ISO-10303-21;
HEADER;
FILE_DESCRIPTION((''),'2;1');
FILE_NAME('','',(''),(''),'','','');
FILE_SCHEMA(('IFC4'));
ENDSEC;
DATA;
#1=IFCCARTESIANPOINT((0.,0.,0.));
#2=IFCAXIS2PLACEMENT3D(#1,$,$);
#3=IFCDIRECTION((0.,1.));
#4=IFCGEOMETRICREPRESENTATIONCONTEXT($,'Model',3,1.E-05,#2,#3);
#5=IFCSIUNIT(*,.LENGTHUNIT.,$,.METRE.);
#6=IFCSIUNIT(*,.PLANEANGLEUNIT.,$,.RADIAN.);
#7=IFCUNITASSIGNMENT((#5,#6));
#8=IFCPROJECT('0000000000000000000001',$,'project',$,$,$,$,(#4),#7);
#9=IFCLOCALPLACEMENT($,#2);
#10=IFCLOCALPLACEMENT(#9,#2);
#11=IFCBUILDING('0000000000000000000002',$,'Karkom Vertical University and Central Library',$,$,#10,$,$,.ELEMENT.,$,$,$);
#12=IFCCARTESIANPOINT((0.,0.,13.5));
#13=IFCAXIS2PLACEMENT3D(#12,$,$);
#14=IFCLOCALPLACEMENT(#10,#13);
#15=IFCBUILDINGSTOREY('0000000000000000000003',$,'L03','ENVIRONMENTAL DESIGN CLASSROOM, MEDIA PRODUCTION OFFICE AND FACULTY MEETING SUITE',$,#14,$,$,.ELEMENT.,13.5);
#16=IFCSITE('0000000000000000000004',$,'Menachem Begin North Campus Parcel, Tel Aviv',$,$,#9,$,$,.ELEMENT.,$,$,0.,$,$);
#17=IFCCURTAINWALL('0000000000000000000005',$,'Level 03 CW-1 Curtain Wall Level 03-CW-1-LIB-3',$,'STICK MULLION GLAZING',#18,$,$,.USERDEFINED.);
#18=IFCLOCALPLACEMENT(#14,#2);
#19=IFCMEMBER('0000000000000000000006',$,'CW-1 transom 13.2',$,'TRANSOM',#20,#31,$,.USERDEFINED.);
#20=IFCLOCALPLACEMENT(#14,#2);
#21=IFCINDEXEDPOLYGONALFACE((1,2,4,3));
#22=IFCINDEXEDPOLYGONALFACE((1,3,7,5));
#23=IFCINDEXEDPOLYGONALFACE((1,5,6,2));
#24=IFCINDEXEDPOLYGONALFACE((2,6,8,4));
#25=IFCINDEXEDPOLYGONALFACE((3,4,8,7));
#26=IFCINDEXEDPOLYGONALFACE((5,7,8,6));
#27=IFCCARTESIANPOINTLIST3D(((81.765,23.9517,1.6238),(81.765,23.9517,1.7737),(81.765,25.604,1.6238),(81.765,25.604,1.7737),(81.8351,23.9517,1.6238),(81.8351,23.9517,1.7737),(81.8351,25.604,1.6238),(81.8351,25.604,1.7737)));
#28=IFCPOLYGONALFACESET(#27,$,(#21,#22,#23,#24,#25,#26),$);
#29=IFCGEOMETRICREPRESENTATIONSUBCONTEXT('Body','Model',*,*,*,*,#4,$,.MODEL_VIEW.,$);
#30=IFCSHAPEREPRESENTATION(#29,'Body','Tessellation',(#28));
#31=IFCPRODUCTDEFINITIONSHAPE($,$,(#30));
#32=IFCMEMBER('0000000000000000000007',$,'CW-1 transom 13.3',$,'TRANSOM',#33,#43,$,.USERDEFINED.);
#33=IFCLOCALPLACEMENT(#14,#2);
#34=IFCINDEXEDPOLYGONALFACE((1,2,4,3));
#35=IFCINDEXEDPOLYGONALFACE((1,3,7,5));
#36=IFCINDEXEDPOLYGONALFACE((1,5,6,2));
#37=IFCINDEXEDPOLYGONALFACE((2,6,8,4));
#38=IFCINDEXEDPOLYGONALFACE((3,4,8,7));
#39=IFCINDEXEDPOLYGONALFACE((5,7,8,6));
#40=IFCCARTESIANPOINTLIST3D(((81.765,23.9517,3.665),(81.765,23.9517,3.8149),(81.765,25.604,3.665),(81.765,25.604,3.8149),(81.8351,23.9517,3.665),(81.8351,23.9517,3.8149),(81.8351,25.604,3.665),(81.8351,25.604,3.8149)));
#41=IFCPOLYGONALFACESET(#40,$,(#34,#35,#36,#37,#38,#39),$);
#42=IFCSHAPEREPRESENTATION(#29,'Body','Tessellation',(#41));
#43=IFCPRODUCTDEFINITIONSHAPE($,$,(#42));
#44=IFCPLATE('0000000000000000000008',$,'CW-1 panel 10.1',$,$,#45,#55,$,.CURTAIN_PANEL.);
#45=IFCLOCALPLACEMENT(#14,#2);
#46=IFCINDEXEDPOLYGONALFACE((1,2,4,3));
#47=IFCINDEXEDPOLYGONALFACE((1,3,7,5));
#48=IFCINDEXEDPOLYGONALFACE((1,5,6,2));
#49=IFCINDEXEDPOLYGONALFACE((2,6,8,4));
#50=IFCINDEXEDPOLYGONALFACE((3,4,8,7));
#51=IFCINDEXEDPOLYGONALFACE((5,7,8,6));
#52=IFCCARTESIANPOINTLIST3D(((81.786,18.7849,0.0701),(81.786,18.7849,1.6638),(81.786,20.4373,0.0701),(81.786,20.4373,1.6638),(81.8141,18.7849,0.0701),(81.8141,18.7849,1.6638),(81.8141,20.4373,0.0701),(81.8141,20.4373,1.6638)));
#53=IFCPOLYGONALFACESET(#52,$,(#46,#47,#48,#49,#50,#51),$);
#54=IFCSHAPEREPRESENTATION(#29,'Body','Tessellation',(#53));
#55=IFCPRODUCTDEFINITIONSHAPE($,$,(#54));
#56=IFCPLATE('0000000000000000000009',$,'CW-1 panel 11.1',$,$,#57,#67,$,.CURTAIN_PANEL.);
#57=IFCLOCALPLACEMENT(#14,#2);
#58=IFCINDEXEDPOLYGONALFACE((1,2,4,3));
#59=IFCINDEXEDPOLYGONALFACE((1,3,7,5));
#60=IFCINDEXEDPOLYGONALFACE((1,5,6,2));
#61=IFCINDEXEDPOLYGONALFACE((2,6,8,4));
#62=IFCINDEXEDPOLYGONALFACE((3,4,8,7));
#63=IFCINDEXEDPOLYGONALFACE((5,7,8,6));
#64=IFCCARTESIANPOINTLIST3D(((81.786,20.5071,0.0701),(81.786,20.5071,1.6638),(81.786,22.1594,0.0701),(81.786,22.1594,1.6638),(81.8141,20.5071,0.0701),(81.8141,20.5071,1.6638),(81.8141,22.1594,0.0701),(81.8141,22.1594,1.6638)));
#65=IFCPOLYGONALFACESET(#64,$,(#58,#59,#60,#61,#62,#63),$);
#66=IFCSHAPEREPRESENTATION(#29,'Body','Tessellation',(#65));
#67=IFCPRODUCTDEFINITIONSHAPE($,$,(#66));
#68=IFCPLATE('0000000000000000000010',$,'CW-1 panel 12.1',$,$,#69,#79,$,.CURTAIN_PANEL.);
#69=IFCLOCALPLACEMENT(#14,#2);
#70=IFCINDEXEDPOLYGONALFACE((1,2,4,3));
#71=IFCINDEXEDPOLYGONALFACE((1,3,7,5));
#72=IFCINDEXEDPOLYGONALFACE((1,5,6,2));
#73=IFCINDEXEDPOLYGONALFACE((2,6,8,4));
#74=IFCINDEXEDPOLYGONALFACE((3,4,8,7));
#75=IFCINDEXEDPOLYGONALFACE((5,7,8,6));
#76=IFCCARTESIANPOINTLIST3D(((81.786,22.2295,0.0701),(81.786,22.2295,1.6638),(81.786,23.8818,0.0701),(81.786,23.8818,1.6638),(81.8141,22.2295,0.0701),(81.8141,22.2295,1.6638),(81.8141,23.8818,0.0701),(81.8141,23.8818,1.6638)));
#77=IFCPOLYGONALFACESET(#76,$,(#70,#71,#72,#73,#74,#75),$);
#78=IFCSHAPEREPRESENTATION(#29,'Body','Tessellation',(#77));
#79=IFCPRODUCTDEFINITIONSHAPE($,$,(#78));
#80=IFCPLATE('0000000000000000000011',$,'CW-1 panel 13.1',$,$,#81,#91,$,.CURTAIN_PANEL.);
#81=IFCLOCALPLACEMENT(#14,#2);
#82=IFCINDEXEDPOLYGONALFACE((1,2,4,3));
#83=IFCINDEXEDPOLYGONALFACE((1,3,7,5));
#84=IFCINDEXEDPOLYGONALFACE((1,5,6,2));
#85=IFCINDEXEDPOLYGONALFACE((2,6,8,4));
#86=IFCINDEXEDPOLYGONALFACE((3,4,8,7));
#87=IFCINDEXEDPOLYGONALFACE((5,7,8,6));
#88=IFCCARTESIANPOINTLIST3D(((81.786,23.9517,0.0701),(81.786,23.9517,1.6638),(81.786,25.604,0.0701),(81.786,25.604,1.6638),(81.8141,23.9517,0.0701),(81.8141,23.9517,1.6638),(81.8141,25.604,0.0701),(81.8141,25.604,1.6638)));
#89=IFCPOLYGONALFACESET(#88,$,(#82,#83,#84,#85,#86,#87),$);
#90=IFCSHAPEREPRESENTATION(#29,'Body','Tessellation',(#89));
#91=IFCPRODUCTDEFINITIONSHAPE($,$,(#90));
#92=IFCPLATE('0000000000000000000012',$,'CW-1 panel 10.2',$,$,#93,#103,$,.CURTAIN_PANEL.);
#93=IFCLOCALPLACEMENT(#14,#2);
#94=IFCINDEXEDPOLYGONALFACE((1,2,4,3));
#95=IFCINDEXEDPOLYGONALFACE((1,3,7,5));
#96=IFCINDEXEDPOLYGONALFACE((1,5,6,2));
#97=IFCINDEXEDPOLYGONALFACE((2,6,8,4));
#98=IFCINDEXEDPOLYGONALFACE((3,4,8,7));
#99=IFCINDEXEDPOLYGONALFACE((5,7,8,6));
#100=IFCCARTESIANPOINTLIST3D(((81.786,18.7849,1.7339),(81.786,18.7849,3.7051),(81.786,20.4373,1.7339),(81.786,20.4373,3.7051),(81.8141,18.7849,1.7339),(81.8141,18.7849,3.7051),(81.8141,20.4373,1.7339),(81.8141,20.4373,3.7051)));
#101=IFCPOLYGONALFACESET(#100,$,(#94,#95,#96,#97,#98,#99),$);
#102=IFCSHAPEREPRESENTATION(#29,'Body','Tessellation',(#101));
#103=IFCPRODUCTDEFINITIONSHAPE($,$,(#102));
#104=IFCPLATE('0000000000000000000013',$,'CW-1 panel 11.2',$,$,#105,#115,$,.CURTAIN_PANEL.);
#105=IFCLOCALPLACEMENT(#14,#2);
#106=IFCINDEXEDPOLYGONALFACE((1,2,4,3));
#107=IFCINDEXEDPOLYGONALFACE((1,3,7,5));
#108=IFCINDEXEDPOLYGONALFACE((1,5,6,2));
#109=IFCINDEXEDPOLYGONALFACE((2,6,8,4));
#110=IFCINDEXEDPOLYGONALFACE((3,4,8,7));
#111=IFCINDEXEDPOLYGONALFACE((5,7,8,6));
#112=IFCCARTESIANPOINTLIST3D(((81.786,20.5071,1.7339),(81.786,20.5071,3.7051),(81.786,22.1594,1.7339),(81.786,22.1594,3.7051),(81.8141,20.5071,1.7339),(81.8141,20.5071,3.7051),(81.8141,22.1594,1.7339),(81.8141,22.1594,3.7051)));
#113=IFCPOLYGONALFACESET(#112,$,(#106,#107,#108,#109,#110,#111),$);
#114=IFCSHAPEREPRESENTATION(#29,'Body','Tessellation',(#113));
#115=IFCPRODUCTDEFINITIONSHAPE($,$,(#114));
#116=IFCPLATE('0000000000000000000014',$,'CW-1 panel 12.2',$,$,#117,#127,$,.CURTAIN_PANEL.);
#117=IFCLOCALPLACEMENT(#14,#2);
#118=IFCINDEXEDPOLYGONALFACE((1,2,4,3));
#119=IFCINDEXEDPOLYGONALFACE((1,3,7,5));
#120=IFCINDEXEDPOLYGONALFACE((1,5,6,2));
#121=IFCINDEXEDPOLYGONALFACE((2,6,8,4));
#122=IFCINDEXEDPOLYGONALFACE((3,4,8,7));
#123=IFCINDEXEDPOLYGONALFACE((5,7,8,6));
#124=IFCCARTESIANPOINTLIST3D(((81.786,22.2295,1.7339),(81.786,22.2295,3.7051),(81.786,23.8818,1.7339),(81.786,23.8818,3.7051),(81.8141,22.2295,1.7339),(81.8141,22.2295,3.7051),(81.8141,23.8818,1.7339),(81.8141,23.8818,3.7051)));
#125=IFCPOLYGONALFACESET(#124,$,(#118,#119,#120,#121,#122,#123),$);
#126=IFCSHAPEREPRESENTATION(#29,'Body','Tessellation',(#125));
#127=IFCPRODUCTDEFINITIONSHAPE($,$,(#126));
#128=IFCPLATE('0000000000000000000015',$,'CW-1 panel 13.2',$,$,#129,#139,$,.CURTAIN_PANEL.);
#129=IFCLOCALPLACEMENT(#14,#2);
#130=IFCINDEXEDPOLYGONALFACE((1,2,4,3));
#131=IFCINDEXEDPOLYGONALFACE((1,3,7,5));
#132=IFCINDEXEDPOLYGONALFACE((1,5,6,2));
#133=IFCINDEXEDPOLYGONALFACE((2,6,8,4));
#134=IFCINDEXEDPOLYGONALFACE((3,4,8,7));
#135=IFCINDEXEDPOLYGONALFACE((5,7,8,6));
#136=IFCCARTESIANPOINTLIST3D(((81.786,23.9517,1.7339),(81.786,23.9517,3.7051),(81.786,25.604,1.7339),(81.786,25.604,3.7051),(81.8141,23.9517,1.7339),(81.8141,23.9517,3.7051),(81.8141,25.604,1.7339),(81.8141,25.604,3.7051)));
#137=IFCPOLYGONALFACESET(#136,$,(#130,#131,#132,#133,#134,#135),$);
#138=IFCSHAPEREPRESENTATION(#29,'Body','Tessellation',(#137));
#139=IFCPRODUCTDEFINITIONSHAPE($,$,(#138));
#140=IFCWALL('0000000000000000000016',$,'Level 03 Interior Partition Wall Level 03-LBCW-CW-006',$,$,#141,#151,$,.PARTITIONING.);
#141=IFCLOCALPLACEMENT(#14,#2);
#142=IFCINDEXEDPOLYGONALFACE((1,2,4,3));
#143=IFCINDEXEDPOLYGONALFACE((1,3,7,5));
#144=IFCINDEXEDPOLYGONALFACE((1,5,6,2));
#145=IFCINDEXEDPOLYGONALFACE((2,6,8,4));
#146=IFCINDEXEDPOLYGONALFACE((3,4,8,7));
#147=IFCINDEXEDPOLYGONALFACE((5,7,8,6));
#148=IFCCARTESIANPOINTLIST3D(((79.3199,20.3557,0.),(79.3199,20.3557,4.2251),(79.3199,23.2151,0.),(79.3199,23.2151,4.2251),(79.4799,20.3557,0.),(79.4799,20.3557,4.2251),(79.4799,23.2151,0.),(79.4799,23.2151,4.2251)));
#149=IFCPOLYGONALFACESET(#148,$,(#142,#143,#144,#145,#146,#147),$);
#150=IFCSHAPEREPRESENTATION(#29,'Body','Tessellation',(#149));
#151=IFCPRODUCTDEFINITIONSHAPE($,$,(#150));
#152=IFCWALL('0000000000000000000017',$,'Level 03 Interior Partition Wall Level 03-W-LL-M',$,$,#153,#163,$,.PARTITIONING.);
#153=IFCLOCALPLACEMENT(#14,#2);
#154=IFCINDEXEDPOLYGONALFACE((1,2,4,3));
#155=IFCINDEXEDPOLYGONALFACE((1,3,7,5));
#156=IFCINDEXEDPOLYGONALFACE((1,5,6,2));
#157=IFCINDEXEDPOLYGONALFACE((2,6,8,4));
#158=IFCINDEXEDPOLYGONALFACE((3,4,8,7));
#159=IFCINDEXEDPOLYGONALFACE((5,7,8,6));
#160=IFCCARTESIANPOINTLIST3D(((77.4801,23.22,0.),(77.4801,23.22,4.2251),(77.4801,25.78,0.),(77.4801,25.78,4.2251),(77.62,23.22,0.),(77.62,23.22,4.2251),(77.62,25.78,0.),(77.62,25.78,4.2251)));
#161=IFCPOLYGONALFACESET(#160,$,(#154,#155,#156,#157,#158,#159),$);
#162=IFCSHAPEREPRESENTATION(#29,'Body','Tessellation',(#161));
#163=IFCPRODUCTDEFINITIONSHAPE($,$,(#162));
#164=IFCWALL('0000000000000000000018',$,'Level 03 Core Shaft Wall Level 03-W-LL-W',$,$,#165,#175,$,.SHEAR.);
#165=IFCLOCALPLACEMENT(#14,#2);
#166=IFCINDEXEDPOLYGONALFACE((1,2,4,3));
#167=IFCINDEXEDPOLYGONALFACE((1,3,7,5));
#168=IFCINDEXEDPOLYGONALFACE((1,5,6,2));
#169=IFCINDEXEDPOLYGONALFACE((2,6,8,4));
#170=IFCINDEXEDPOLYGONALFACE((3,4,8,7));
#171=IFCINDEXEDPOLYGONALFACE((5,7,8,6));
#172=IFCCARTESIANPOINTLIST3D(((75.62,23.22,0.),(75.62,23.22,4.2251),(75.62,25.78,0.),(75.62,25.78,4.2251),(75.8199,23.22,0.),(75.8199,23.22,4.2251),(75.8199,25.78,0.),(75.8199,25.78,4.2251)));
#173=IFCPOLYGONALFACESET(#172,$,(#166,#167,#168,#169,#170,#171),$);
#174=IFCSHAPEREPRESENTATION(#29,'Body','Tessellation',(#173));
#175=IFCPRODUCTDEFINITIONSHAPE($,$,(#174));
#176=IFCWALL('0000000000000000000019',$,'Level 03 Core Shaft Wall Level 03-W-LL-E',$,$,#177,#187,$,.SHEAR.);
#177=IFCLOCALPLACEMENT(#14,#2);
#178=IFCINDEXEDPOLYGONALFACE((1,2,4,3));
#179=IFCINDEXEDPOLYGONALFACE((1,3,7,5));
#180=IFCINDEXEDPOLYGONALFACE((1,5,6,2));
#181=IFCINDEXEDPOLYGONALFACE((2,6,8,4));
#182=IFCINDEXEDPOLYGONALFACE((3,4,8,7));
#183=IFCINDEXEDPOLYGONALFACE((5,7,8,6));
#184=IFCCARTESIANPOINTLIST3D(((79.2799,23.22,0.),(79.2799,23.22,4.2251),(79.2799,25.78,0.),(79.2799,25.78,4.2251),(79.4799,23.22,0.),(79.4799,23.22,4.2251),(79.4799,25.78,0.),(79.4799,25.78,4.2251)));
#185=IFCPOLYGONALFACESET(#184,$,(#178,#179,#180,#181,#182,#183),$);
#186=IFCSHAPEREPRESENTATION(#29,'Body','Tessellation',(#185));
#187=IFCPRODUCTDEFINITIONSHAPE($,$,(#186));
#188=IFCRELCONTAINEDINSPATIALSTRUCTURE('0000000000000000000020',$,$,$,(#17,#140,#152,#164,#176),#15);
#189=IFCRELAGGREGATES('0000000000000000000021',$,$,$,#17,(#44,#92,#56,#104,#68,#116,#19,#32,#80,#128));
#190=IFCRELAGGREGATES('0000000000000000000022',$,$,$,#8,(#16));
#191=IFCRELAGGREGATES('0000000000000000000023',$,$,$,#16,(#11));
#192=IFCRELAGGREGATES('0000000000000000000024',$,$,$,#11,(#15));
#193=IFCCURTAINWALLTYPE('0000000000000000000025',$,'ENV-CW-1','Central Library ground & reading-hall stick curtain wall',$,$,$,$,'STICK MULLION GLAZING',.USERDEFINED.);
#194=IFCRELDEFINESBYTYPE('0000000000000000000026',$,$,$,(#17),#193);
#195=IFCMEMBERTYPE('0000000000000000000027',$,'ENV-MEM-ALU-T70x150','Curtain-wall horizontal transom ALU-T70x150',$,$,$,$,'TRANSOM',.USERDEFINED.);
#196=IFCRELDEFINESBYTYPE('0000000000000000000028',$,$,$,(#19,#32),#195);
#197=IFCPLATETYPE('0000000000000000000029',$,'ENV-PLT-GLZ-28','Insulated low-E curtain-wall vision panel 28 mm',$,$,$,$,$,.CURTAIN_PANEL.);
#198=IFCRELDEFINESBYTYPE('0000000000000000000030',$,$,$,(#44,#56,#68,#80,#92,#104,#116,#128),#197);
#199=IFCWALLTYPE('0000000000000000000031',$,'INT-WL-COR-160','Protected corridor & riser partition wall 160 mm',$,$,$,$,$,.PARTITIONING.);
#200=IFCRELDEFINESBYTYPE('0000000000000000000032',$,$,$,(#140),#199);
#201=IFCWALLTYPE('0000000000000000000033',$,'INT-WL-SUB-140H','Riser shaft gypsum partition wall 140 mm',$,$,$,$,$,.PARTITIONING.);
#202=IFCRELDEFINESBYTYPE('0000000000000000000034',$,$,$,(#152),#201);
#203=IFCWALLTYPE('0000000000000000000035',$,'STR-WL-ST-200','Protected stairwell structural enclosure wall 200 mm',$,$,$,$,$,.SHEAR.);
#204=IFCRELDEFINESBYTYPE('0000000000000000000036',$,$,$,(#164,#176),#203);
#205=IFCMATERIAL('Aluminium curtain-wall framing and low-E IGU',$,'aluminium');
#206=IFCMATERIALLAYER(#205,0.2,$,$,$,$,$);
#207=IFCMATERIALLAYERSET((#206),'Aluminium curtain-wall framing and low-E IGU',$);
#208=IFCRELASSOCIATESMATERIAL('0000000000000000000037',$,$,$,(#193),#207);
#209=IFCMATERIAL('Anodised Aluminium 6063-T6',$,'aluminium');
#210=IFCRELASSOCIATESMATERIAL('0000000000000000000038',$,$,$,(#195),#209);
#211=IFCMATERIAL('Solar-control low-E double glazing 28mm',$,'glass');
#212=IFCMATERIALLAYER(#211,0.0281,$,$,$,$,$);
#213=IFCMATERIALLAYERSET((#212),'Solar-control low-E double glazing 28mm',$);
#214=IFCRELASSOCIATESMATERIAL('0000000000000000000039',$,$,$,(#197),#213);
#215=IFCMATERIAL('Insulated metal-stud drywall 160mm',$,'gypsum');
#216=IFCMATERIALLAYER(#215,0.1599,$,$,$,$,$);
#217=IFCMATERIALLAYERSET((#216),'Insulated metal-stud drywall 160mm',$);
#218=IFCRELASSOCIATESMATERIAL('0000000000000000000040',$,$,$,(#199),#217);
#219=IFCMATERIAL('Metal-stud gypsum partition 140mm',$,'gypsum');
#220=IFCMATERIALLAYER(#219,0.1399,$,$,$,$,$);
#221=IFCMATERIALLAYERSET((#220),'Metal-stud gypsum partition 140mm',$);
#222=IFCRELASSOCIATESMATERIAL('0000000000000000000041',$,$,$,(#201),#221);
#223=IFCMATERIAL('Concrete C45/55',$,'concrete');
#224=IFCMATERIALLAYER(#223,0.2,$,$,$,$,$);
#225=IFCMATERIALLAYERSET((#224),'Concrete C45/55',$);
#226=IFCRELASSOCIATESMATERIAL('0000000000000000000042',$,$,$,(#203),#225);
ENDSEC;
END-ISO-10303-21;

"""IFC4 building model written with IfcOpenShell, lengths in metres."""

from ifc_helpers import new_model, si_unit, direction, frame, frame_2d, origin, origin_with_axes, origin_2d, place, context, subcontext, project, spatial, rectangle, extrude, source, transform, mapped, material, layer, layer_set, material_profile, profile_set, type_object, element, aggregate, save


model = new_model("IFC4")

# Units and contexts
model_context = context("Model", 3, precision=1e-05, world=origin(), true_north=direction((0.0, 1.0)))
body_context = subcontext(model_context, "Body", "Model", "MODEL_VIEW")
ifc_project = project(units=[si_unit("LENGTHUNIT", "METRE"), si_unit("PLANEANGLEUNIT", "RADIAN")], contexts=[model_context])

# Site, building, storey
site_placement = place(None, origin())
site = spatial("IfcSite", under=ifc_project, at=site_placement, Name="Menachem Begin North Campus Parcel, Tel Aviv", CompositionType="ELEMENT", RefElevation=0.0)
building_placement = place(site_placement, origin())
building = spatial("IfcBuilding", under=site, at=building_placement, Name="Karkom Vertical University and Central Library", CompositionType="ELEMENT")
storey_placement = place(building_placement, frame((0.0, 0.0, 13.5)))
storey = spatial("IfcBuildingStorey", under=building, at=storey_placement, Name="L03", Description="ENVIRONMENTAL DESIGN CLASSROOM, MEDIA PRODUCTION OFFICE AND FACULTY MEETING SUITE", CompositionType="ELEMENT", Elevation=13.5)

# Curtain wall, members, plates
ifc_material_1 = material(Name="Aluminium curtain-wall framing and low-E IGU", Category="aluminium")
ifc_layer_1 = layer(ifc_material_1, 0.2)
ifc_layer_set_1 = layer_set([ifc_layer_1], Name="Aluminium curtain-wall framing and low-E IGU")
curtain_wall_type = type_object("IfcCurtainWallType", Name="ENV-CW-1", Description="Central Library ground & reading-hall stick curtain wall", ElementType="STICK MULLION GLAZING", PredefinedType="USERDEFINED", material=ifc_layer_set_1)
curtain_wall_placement = place(storey_placement, origin())
curtain_wall = element("IfcCurtainWall", 1, at=curtain_wall_placement, inside=storey, type_object=curtain_wall_type, Name="Level 03 CW-1 Curtain Wall Level 03-CW-1-LIB-3", ObjectType="STICK MULLION GLAZING", PredefinedType="USERDEFINED")
ifc_material_2 = material(Name="Anodised Aluminium 6063-T6", Category="aluminium")
ifc_material_profile_1 = material_profile(ifc_material_2, rectangle(XDim=0.0701, YDim=0.1499, at=origin_2d()), Name="ALU-T70x150")
ifc_profile_set_1 = profile_set([ifc_material_profile_1], Name="Anodised Aluminium 6063-T6")
member_type_1 = type_object("IfcMemberType", Name="ENV-MEM-ALU-T70x150", Description="Curtain-wall horizontal transom ALU-T70x150", ElementType="TRANSOM", PredefinedType="USERDEFINED", material=ifc_profile_set_1)
shared_shape_1 = source(origin_with_axes(), body_context, "Body", "SweptSolid", [
    extrude(rectangle(XDim=0.0701, YDim=0.1499, at=origin_2d()), origin(), (0.0, 0.0, 1.0), 1.6523),
])
member_1_placement = place(storey_placement, frame((81.8, 23.9517, 1.6987), z_axis=(0.0, 1.0, 0.0), x_axis=(-1.0, 0.0, 0.0)))
member_1 = element("IfcMember", 2, at=member_1_placement, type_object=member_type_1, Name="CW-1 transom 13.2", ObjectType="TRANSOM", PredefinedType="USERDEFINED", context=body_context, shape_type="MappedRepresentation", body=[
    mapped(shared_shape_1, transform((0.0, 0.0, 0.0), scale=1.0)),
])
member_2_placement = place(storey_placement, frame((81.8, 23.9517, 3.74), z_axis=(0.0, 1.0, 0.0), x_axis=(-1.0, 0.0, 0.0)))
member_2 = element("IfcMember", 3, at=member_2_placement, type_object=member_type_1, Name="CW-1 transom 13.3", ObjectType="TRANSOM", PredefinedType="USERDEFINED", context=body_context, shape_type="MappedRepresentation", body=[
    mapped(shared_shape_1, transform((0.0, 0.0, 0.0), scale=1.0)),
])
ifc_material_3 = material(Name="Solar-control low-E double glazing 28mm", Category="glass")
ifc_layer_2 = layer(ifc_material_3, 0.0281)
ifc_layer_set_2 = layer_set([ifc_layer_2], Name="Solar-control low-E double glazing 28mm")
plate_type = type_object("IfcPlateType", Name="ENV-PLT-GLZ-28", Description="Insulated low-E curtain-wall vision panel 28 mm", PredefinedType="CURTAIN_PANEL", material=ifc_layer_set_2)
shared_shape_2 = source(origin_with_axes(), body_context, "Body", "SweptSolid", [
    extrude(rectangle(XDim=1.6523, YDim=0.0281, at=origin_2d()), origin(), (0.0, 0.0, 1.0), 1.5938),
])
plate_1_placement = place(storey_placement, frame((81.8, 19.6111, 0.0701), z_axis=(0.0, 0.0, 1.0), x_axis=(0.0, 1.0, 0.0)))
plate_1 = element("IfcPlate", 4, at=plate_1_placement, type_object=plate_type, Name="CW-1 panel 10.1", PredefinedType="CURTAIN_PANEL", context=body_context, shape_type="MappedRepresentation", body=[
    mapped(shared_shape_2, transform((0.0, 0.0, 0.0), scale=1.0)),
])
plate_2_placement = place(storey_placement, frame((81.8, 21.3333, 0.0701), z_axis=(0.0, 0.0, 1.0), x_axis=(0.0, 1.0, 0.0)))
plate_2 = element("IfcPlate", 5, at=plate_2_placement, type_object=plate_type, Name="CW-1 panel 11.1", PredefinedType="CURTAIN_PANEL", context=body_context, shape_type="MappedRepresentation", body=[
    mapped(shared_shape_2, transform((0.0, 0.0, 0.0), scale=1.0)),
])
plate_3_placement = place(storey_placement, frame((81.8, 23.0557, 0.0701), z_axis=(0.0, 0.0, 1.0), x_axis=(0.0, 1.0, 0.0)))
plate_3 = element("IfcPlate", 6, at=plate_3_placement, type_object=plate_type, Name="CW-1 panel 12.1", PredefinedType="CURTAIN_PANEL", context=body_context, shape_type="MappedRepresentation", body=[
    mapped(shared_shape_2, transform((0.0, 0.0, 0.0), scale=1.0)),
])
plate_4_placement = place(storey_placement, frame((81.8, 24.7778, 0.0701), z_axis=(0.0, 0.0, 1.0), x_axis=(0.0, 1.0, 0.0)))
plate_4 = element("IfcPlate", 7, at=plate_4_placement, type_object=plate_type, Name="CW-1 panel 13.1", PredefinedType="CURTAIN_PANEL", context=body_context, shape_type="MappedRepresentation", body=[
    mapped(shared_shape_2, transform((0.0, 0.0, 0.0), scale=1.0)),
])
shared_shape_3 = source(origin_with_axes(), body_context, "Body", "SweptSolid", [
    extrude(rectangle(XDim=1.6523, YDim=0.0281, at=origin_2d()), origin(), (0.0, 0.0, 1.0), 1.9712),
])
plate_5_placement = place(storey_placement, frame((81.8, 19.6111, 1.7339), z_axis=(0.0, 0.0, 1.0), x_axis=(0.0, 1.0, 0.0)))
plate_5 = element("IfcPlate", 8, at=plate_5_placement, type_object=plate_type, Name="CW-1 panel 10.2", PredefinedType="CURTAIN_PANEL", context=body_context, shape_type="MappedRepresentation", body=[
    mapped(shared_shape_3, transform((0.0, 0.0, 0.0), scale=1.0)),
])
plate_6_placement = place(storey_placement, frame((81.8, 21.3333, 1.7339), z_axis=(0.0, 0.0, 1.0), x_axis=(0.0, 1.0, 0.0)))
plate_6 = element("IfcPlate", 9, at=plate_6_placement, type_object=plate_type, Name="CW-1 panel 11.2", PredefinedType="CURTAIN_PANEL", context=body_context, shape_type="MappedRepresentation", body=[
    mapped(shared_shape_3, transform((0.0, 0.0, 0.0), scale=1.0)),
])
plate_7_placement = place(storey_placement, frame((81.8, 23.0557, 1.7339), z_axis=(0.0, 0.0, 1.0), x_axis=(0.0, 1.0, 0.0)))
plate_7 = element("IfcPlate", 10, at=plate_7_placement, type_object=plate_type, Name="CW-1 panel 12.2", PredefinedType="CURTAIN_PANEL", context=body_context, shape_type="MappedRepresentation", body=[
    mapped(shared_shape_3, transform((0.0, 0.0, 0.0), scale=1.0)),
])
plate_8_placement = place(storey_placement, frame((81.8, 24.7778, 1.7339), z_axis=(0.0, 0.0, 1.0), x_axis=(0.0, 1.0, 0.0)))
plate_8 = element("IfcPlate", 11, at=plate_8_placement, type_object=plate_type, Name="CW-1 panel 13.2", PredefinedType="CURTAIN_PANEL", context=body_context, shape_type="MappedRepresentation", body=[
    mapped(shared_shape_3, transform((0.0, 0.0, 0.0), scale=1.0)),
])
aggregate(curtain_wall, [plate_1, plate_5, plate_2, plate_6, plate_3, plate_7, member_1, member_2, plate_4, plate_8])

# Walls
ifc_material_4 = material(Name="Insulated metal-stud drywall 160mm", Category="gypsum")
ifc_layer_3 = layer(ifc_material_4, 0.1599)
ifc_layer_set_3 = layer_set([ifc_layer_3], Name="Insulated metal-stud drywall 160mm")
wall_type_1 = type_object("IfcWallType", Name="INT-WL-COR-160", Description="Protected corridor & riser partition wall 160 mm", PredefinedType="PARTITIONING", material=ifc_layer_set_3)
wall_1_placement = place(storey_placement, frame((79.3999, 23.2151, 0.0), z_axis=(0.0, 0.0, 1.0), x_axis=(0.0, -1.0, 0.0)))
element("IfcWall", 12, at=wall_1_placement, inside=storey, type_object=wall_type_1, Name="Level 03 Interior Partition Wall Level 03-LBCW-CW-006", PredefinedType="PARTITIONING", context=body_context, shape_type="SweptSolid", body=[
    extrude(rectangle(XDim=2.8594, YDim=0.1599, at=frame_2d((1.4297, 0.0))), origin(), (0.0, 0.0, 1.0), 4.2251),
])
ifc_material_5 = material(Name="Metal-stud gypsum partition 140mm", Category="gypsum")
ifc_layer_4 = layer(ifc_material_5, 0.1399)
ifc_layer_set_4 = layer_set([ifc_layer_4], Name="Metal-stud gypsum partition 140mm")
wall_type_2 = type_object("IfcWallType", Name="INT-WL-SUB-140H", Description="Riser shaft gypsum partition wall 140 mm", PredefinedType="PARTITIONING", material=ifc_layer_set_4)
wall_2_placement = place(storey_placement, frame((77.55, 23.22, 0.0), z_axis=(0.0, 0.0, 1.0), x_axis=(0.0, 1.0, 0.0)))
element("IfcWall", 13, at=wall_2_placement, inside=storey, type_object=wall_type_2, Name="Level 03 Interior Partition Wall Level 03-W-LL-M", PredefinedType="PARTITIONING", context=body_context, shape_type="SweptSolid", body=[
    extrude(rectangle(XDim=2.5601, YDim=0.1399, at=frame_2d((1.28, 0.0))), origin(), (0.0, 0.0, 1.0), 4.2251),
])

# Shared definitions
ifc_material_6 = material(Name="Concrete C45/55", Category="concrete")
ifc_layer_5 = layer(ifc_material_6, 0.2)
ifc_layer_set_5 = layer_set([ifc_layer_5], Name="Concrete C45/55")
wall_type_3 = type_object("IfcWallType", Name="STR-WL-ST-200", Description="Protected stairwell structural enclosure wall 200 mm", PredefinedType="SHEAR", material=ifc_layer_set_5)

# Walls
for number, where, z_axis, x_axis, name in (
    (14, (75.72, 23.22, 0.0), (0.0, 0.0, 1.0), (0.0, 1.0, 0.0), "Level 03 Core Shaft Wall Level 03-W-LL-W"),
    (15, (79.3799, 23.22, 0.0), (0.0, 0.0, 1.0), (0.0, 1.0, 0.0), "Level 03 Core Shaft Wall Level 03-W-LL-E"),
):
    element("IfcWall", number, at=place(storey_placement, frame(where, z_axis=z_axis, x_axis=x_axis)), inside=storey, type_object=wall_type_3, Name=name, PredefinedType="SHEAR", context=body_context, shape_type="SweptSolid", body=[
        extrude(rectangle(XDim=2.5601, YDim=0.2, at=frame_2d((1.28, 0.0))), origin(), (0.0, 0.0, 1.0), 4.2251),
    ])

save(model, "model.ifc")
